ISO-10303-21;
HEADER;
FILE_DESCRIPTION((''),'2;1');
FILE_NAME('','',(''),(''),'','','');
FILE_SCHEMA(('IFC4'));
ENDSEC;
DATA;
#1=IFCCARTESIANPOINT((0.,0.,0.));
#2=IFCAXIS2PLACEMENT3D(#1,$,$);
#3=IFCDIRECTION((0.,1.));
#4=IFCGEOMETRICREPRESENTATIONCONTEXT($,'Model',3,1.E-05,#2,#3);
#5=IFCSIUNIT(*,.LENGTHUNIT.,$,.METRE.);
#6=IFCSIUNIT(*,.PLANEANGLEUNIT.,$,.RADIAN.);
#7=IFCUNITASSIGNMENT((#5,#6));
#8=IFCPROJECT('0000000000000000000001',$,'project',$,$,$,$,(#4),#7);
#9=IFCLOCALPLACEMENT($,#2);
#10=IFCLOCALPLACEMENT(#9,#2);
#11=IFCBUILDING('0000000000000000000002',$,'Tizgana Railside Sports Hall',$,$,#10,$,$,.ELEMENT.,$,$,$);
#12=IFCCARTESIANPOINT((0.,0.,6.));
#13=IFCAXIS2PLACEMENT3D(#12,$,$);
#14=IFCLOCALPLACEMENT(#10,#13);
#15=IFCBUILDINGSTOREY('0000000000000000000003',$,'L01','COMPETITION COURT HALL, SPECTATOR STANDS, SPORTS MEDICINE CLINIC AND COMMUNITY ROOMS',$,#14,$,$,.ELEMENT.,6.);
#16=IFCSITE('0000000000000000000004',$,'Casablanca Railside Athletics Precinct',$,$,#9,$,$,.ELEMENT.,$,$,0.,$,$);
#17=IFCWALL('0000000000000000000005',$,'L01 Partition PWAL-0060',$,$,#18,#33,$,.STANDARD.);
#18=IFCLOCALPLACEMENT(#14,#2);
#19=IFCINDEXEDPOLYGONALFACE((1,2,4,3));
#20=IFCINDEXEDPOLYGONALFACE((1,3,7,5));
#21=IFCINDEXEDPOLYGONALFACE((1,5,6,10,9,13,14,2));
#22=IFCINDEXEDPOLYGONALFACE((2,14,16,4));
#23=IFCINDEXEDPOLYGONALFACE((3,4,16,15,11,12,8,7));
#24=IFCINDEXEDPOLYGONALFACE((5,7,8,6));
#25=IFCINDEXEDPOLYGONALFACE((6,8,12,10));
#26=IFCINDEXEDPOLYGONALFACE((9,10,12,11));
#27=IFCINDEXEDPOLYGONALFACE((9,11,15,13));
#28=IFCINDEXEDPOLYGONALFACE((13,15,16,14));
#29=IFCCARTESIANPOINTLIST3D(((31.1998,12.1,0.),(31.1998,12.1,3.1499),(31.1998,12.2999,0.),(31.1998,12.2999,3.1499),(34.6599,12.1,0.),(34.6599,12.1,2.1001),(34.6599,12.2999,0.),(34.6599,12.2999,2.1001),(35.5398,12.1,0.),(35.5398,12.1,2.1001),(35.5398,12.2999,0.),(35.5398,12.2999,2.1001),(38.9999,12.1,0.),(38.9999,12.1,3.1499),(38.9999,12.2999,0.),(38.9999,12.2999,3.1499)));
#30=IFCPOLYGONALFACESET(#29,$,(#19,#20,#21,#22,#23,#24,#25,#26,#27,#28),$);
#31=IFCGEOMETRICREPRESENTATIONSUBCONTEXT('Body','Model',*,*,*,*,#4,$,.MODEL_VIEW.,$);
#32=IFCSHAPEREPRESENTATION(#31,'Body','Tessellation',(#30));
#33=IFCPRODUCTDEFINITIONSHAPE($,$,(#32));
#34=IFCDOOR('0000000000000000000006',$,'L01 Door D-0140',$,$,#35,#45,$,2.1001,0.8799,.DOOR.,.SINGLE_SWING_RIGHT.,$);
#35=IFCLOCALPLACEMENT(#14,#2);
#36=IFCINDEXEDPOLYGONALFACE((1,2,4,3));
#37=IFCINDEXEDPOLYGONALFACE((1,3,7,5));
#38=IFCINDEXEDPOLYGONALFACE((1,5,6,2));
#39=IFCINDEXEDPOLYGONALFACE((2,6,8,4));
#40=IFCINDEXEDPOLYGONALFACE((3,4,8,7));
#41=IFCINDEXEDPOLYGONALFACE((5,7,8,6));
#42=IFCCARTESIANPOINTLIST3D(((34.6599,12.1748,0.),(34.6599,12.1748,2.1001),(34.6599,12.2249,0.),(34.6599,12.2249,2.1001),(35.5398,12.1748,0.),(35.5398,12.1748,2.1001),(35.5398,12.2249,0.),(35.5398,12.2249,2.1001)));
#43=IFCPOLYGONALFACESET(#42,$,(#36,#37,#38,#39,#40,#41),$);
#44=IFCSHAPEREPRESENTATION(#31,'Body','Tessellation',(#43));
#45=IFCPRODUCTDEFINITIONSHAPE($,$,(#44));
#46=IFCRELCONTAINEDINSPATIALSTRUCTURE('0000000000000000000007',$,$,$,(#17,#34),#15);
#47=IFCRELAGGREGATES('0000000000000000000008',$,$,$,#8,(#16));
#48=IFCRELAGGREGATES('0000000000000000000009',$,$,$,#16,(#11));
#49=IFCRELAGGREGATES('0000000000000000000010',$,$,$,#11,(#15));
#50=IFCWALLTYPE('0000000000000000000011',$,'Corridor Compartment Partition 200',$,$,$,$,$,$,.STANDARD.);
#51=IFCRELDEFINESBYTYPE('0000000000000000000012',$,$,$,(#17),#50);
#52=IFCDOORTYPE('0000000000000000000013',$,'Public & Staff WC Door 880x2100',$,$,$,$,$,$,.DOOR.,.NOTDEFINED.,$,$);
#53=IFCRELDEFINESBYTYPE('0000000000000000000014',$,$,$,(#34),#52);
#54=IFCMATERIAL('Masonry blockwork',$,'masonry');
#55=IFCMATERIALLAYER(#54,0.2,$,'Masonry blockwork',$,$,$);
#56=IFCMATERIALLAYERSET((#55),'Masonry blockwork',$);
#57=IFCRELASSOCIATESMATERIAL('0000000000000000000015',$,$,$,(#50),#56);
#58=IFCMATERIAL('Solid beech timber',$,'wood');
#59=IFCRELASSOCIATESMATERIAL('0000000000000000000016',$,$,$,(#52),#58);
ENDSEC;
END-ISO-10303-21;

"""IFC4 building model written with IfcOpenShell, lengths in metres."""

from ifc_helpers import new_model, si_unit, direction, frame, frame_2d, origin, place, context, subcontext, project, spatial, rectangle, extrude, material, layer, layer_set, type_object, element, fill, save


model = new_model("IFC4")

# Units and contexts
model_context = context("Model", 3, precision=1e-05, world=origin(), true_north=direction((0.0, 1.0)))
body_context = subcontext(model_context, "Body", "Model", "MODEL_VIEW")
ifc_project = project(units=[si_unit("LENGTHUNIT", "METRE"), si_unit("PLANEANGLEUNIT", "RADIAN")], contexts=[model_context])

# Site, building, storey
site_placement = place(None, origin())
site = spatial("IfcSite", under=ifc_project, at=site_placement, Name="Casablanca Railside Athletics Precinct", CompositionType="ELEMENT", RefElevation=0.0)
building_placement = place(site_placement, origin())
building = spatial("IfcBuilding", under=site, at=building_placement, Name="Tizgana Railside Sports Hall", CompositionType="ELEMENT")
storey_placement = place(building_placement, frame((0.0, 0.0, 6.0)))
storey = spatial("IfcBuildingStorey", under=building, at=storey_placement, Name="L01", Description="COMPETITION COURT HALL, SPECTATOR STANDS, SPORTS MEDICINE CLINIC AND COMMUNITY ROOMS", CompositionType="ELEMENT", Elevation=6.0)

# Shared definitions
ifc_material_1 = material(Name="Solid beech timber", Category="wood")

# Wall, opening, door
ifc_material_2 = material(Name="Masonry blockwork", Category="masonry")
ifc_layer_1 = layer(ifc_material_2, 0.2, Name="Masonry blockwork")
ifc_layer_set_1 = layer_set([ifc_layer_1], Name="Masonry blockwork")
wall_type_1 = type_object("IfcWallType", Name="Corridor Compartment Partition 200", PredefinedType="STANDARD", material=ifc_layer_set_1)
wall_1_placement = place(storey_placement, frame((31.2, 12.2, 0.0), z_axis=(0.0, 0.0, 1.0), x_axis=(1.0, 0.0, 0.0)))
wall_1 = element("IfcWall", 1, at=wall_1_placement, inside=storey, type_object=wall_type_1, Name="L01 Partition PWAL-0060", PredefinedType="STANDARD", context=body_context, shape_type="SweptSolid", body=[
    extrude(rectangle(XDim=7.8, YDim=0.2, at=frame_2d((3.8999, 0.0))), origin(), (0.0, 0.0, 1.0), 3.1499),
])
opening_1_placement = place(wall_1_placement, frame((3.46, 0.0, 0.0)))
opening_1 = element("IfcOpeningElement", 2, at=opening_1_placement, cuts=wall_1, PredefinedType="OPENING", context=body_context, shape_type="SweptSolid", body=[
    extrude(rectangle(XDim=0.8799, YDim=2.1001, at=frame_2d((0.4399, 1.05))), frame((0.0, 0.1099, 0.0), z_axis=(0.0, -1.0, 0.0), x_axis=(1.0, 0.0, 0.0)), (0.0, 0.0, 1.0), 0.22),
])
door_type_1 = type_object("IfcDoorType", Name="Public & Staff WC Door 880x2100", OperationType="NOTDEFINED", PredefinedType="DOOR", material=ifc_material_1)
door_1_placement = place(opening_1_placement, origin())
door_1 = element("IfcDoor", 3, at=door_1_placement, inside=storey, type_object=door_type_1, Name="L01 Door D-0140", OperationType="SINGLE_SWING_RIGHT", OverallHeight=2.1001, OverallWidth=0.8799, PredefinedType="DOOR", context=body_context, shape_type="SweptSolid", body=[
    extrude(rectangle(XDim=0.8799, YDim=2.1001, at=frame_2d((0.4399, 1.05))), frame((0.0, 0.0249, 0.0), z_axis=(0.0, -1.0, 0.0), x_axis=(1.0, 0.0, 0.0)), (0.0, 0.0, 1.0), 0.05),
])
fill(opening_1, door_1)

save(model, "model.ifc")
